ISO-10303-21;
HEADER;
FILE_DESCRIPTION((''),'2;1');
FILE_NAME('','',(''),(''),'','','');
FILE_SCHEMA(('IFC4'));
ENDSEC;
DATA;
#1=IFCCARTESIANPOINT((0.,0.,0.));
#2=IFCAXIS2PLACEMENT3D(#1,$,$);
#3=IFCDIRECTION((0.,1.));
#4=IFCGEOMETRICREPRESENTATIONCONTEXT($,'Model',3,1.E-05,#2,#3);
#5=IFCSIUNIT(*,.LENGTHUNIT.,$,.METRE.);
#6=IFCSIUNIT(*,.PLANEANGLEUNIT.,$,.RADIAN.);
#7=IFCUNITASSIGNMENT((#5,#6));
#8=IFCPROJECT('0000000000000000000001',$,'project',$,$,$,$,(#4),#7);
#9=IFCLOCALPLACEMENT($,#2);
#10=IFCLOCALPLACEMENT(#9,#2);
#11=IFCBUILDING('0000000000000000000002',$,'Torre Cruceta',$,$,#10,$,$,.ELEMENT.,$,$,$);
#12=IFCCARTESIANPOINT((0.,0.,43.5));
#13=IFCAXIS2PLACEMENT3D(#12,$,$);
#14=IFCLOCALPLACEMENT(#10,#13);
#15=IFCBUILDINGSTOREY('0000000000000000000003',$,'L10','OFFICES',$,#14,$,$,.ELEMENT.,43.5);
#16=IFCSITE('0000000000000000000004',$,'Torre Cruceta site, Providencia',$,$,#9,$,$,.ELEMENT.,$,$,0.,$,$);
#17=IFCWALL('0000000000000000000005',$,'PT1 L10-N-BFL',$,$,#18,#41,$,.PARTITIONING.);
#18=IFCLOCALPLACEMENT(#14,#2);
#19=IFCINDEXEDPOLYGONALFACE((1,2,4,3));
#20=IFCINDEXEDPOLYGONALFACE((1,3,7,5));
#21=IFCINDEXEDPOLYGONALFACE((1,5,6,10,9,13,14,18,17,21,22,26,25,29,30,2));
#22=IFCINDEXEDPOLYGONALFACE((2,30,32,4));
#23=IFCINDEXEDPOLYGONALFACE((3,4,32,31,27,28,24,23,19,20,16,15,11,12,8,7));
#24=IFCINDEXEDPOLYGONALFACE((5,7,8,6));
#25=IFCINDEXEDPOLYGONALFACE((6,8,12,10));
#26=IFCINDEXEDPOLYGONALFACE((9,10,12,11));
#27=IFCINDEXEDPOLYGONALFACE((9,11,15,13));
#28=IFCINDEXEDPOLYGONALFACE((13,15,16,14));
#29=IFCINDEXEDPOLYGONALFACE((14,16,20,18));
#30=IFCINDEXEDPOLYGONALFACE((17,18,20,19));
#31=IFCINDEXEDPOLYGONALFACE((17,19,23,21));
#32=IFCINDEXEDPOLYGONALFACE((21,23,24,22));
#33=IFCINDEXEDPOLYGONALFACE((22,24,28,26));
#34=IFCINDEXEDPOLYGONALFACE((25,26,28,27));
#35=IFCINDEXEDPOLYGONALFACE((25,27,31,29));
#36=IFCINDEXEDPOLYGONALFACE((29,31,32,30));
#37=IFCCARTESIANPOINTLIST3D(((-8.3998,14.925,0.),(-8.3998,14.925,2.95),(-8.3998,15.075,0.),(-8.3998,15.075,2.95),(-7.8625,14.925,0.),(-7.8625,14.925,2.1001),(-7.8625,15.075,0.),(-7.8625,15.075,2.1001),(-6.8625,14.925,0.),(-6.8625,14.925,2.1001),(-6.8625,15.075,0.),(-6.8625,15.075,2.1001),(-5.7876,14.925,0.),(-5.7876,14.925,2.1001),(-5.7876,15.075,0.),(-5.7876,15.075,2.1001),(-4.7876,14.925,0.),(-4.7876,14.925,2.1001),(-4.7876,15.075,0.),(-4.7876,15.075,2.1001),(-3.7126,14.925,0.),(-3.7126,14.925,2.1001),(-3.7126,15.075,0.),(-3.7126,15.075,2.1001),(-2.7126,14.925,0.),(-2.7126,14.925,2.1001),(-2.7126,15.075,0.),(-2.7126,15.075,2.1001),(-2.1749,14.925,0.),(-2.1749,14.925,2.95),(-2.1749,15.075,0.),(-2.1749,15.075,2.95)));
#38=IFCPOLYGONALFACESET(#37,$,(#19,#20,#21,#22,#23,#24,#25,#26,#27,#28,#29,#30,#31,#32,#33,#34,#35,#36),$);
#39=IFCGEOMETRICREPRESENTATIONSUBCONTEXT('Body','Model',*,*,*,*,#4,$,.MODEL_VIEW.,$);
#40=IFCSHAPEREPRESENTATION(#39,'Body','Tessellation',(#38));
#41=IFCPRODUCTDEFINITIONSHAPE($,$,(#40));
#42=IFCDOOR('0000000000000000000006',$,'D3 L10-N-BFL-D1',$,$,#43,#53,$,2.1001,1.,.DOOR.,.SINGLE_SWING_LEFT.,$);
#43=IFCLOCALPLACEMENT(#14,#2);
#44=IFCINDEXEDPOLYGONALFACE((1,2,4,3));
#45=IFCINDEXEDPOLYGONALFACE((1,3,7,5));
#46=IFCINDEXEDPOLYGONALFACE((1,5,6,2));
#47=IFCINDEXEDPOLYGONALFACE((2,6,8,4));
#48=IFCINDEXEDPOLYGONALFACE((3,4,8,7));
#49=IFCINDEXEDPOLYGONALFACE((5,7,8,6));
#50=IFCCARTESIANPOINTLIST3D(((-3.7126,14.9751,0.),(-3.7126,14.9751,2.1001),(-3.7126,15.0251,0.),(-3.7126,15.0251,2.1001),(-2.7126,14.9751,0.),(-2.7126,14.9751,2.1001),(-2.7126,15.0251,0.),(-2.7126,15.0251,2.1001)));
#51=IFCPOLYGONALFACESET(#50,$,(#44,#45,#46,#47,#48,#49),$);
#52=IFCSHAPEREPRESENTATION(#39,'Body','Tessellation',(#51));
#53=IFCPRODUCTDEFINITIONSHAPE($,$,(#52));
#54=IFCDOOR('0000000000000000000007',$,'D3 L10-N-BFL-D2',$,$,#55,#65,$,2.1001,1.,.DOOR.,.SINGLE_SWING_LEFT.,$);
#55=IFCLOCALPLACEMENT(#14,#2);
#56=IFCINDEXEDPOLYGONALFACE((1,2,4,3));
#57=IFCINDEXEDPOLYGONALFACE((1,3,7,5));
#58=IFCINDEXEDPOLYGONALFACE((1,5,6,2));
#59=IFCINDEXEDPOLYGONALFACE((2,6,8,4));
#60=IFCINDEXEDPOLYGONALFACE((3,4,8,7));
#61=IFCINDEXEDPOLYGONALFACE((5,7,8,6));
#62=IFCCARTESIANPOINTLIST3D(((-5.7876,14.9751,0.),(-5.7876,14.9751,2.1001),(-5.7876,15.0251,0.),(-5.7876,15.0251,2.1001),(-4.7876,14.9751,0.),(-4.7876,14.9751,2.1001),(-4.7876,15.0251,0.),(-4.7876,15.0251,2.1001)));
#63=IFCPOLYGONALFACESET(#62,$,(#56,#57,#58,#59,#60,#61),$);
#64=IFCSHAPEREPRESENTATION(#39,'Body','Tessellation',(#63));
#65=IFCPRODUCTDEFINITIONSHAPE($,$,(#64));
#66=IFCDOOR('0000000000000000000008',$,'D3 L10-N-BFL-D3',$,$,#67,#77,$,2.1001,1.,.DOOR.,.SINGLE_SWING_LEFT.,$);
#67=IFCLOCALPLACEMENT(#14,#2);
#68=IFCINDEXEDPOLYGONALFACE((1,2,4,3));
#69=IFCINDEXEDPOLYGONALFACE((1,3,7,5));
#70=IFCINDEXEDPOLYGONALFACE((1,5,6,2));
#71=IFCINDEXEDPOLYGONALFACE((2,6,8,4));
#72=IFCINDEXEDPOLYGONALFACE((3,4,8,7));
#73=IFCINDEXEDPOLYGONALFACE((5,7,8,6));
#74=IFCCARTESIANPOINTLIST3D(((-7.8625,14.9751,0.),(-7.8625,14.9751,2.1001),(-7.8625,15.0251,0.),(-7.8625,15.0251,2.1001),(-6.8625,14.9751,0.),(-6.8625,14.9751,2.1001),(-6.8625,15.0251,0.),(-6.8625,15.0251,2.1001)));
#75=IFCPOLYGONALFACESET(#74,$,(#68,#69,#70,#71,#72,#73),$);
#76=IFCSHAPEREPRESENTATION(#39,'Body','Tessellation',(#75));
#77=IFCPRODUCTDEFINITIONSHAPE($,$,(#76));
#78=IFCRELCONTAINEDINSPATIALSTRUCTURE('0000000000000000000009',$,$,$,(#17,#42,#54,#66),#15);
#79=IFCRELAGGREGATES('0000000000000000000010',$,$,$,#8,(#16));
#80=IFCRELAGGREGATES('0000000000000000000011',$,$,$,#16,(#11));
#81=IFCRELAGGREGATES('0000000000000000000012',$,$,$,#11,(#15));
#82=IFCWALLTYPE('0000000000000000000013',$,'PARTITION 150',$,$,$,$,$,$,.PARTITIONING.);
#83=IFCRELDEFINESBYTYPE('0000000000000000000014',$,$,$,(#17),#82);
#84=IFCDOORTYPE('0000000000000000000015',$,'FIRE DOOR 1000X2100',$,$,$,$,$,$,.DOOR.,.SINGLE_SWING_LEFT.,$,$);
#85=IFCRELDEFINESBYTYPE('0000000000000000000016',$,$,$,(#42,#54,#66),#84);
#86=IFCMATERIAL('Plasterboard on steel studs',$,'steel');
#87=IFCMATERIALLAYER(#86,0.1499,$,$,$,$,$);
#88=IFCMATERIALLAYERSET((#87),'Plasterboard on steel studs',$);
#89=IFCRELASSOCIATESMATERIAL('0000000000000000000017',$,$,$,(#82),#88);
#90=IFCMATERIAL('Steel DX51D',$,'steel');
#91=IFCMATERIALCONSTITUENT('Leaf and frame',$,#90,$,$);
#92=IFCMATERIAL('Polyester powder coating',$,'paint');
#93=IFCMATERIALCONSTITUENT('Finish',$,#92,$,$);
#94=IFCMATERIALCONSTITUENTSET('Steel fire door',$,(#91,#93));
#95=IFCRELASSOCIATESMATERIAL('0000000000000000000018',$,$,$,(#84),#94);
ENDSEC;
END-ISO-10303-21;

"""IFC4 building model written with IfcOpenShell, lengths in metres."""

from ifc_helpers import new_model, si_unit, direction, frame, frame_2d, origin, place, context, subcontext, project, spatial, rectangle, extrude, material, layer, layer_set, constituent, constituent_set, type_object, element, fill, save


model = new_model("IFC4")

# Units and contexts
model_context = context("Model", 3, precision=1e-05, world=origin(), true_north=direction((0.0, 1.0)))
body_context = subcontext(model_context, "Body", "Model", "MODEL_VIEW")
ifc_project = project(units=[si_unit("LENGTHUNIT", "METRE"), si_unit("PLANEANGLEUNIT", "RADIAN")], contexts=[model_context])

# Site, building, storey
site_placement = place(None, origin())
site = spatial("IfcSite", under=ifc_project, at=site_placement, Name="Torre Cruceta site, Providencia", CompositionType="ELEMENT", RefElevation=0.0)
building_placement = place(site_placement, origin())
building = spatial("IfcBuilding", under=site, at=building_placement, Name="Torre Cruceta", CompositionType="ELEMENT")
storey_placement = place(building_placement, frame((0.0, 0.0, 43.5)))
storey = spatial("IfcBuildingStorey", under=building, at=storey_placement, Name="L10", Description="OFFICES", CompositionType="ELEMENT", Elevation=43.5)

# Wall, openings, doors
ifc_material_1 = material(Name="Plasterboard on steel studs", Category="steel")
ifc_layer_1 = layer(ifc_material_1, 0.1499)
ifc_layer_set_1 = layer_set([ifc_layer_1], Name="Plasterboard on steel studs")
wall_type_1 = type_object("IfcWallType", Name="PARTITION 150", PredefinedType="PARTITIONING", material=ifc_layer_set_1)
wall_1_placement = place(storey_placement, frame((-2.175, 15.0, 0.0), z_axis=(0.0, 0.0, 1.0), x_axis=(-1.0, 0.0, 0.0)))
wall_1 = element("IfcWall", 1, at=wall_1_placement, inside=storey, type_object=wall_type_1, Name="PT1 L10-N-BFL", PredefinedType="PARTITIONING", context=body_context, shape_type="SweptSolid", body=[
    extrude(rectangle(XDim=6.2249, YDim=0.1499, at=frame_2d((3.1123, 0.0))), origin(), (0.0, 0.0, 1.0), 2.95),
])
opening_1_placement = place(wall_1_placement, frame((0.5376, 0.0, 0.0)))
opening_1 = element("IfcOpeningElement", 2, at=opening_1_placement, cuts=wall_1, PredefinedType="OPENING", context=body_context, shape_type="SweptSolid", body=[
    extrude(rectangle(XDim=1.0, YDim=2.1001, at=frame_2d((0.5, 1.05))), frame((0.0, 0.085, 0.0), z_axis=(0.0, -1.0, 0.0), x_axis=(1.0, 0.0, 0.0)), (0.0, 0.0, 1.0), 0.1699),
])
opening_2_placement = place(wall_1_placement, frame((2.6125, 0.0, 0.0)))
opening_2 = element("IfcOpeningElement", 3, at=opening_2_placement, cuts=wall_1, PredefinedType="OPENING", context=body_context, shape_type="SweptSolid", body=[
    extrude(rectangle(XDim=1.0, YDim=2.1001, at=frame_2d((0.5, 1.05))), frame((0.0, 0.085, 0.0), z_axis=(0.0, -1.0, 0.0), x_axis=(1.0, 0.0, 0.0)), (0.0, 0.0, 1.0), 0.1699),
])
opening_3_placement = place(wall_1_placement, frame((4.6875, 0.0, 0.0)))
opening_3 = element("IfcOpeningElement", 4, at=opening_3_placement, cuts=wall_1, PredefinedType="OPENING", context=body_context, shape_type="SweptSolid", body=[
    extrude(rectangle(XDim=1.0, YDim=2.1001, at=frame_2d((0.5, 1.05))), frame((0.0, 0.085, 0.0), z_axis=(0.0, -1.0, 0.0), x_axis=(1.0, 0.0, 0.0)), (0.0, 0.0, 1.0), 0.1699),
])
ifc_material_2 = material(Name="Steel DX51D", Category="steel")
ifc_constituent_1 = constituent(ifc_material_2, Name="Leaf and frame")
ifc_material_3 = material(Name="Polyester powder coating", Category="paint")
ifc_constituent_2 = constituent(ifc_material_3, Name="Finish")
ifc_constituent_set_1 = constituent_set(constituents=[ifc_constituent_1, ifc_constituent_2], Name="Steel fire door")
door_type = type_object("IfcDoorType", Name="FIRE DOOR 1000X2100", OperationType="SINGLE_SWING_LEFT", PredefinedType="DOOR", material=ifc_constituent_set_1)
door_1_placement = place(opening_1_placement, origin())
door_1 = element("IfcDoor", 5, at=door_1_placement, inside=storey, type_object=door_type, Name="D3 L10-N-BFL-D1", OperationType="SINGLE_SWING_LEFT", OverallHeight=2.1001, OverallWidth=1.0, PredefinedType="DOOR", context=body_context, shape_type="SweptSolid", body=[
    extrude(rectangle(XDim=1.0, YDim=2.1001, at=frame_2d((0.5, 1.05))), frame((0.0, 0.0249, 0.0), z_axis=(0.0, -1.0, 0.0), x_axis=(1.0, 0.0, 0.0)), (0.0, 0.0, 1.0), 0.05),
])
fill(opening_1, door_1)
door_2_placement = place(opening_2_placement, origin())
door_2 = element("IfcDoor", 6, at=door_2_placement, inside=storey, type_object=door_type, Name="D3 L10-N-BFL-D2", OperationType="SINGLE_SWING_LEFT", OverallHeight=2.1001, OverallWidth=1.0, PredefinedType="DOOR", context=body_context, shape_type="SweptSolid", body=[
    extrude(rectangle(XDim=1.0, YDim=2.1001, at=frame_2d((0.5, 1.05))), frame((0.0, 0.0249, 0.0), z_axis=(0.0, -1.0, 0.0), x_axis=(1.0, 0.0, 0.0)), (0.0, 0.0, 1.0), 0.05),
])
fill(opening_2, door_2)
door_3_placement = place(opening_3_placement, origin())
door_3 = element("IfcDoor", 7, at=door_3_placement, inside=storey, type_object=door_type, Name="D3 L10-N-BFL-D3", OperationType="SINGLE_SWING_LEFT", OverallHeight=2.1001, OverallWidth=1.0, PredefinedType="DOOR", context=body_context, shape_type="SweptSolid", body=[
    extrude(rectangle(XDim=1.0, YDim=2.1001, at=frame_2d((0.5, 1.05))), frame((0.0, 0.0249, 0.0), z_axis=(0.0, -1.0, 0.0), x_axis=(1.0, 0.0, 0.0)), (0.0, 0.0, 1.0), 0.05),
])
fill(opening_3, door_3)

save(model, "model.ifc")
